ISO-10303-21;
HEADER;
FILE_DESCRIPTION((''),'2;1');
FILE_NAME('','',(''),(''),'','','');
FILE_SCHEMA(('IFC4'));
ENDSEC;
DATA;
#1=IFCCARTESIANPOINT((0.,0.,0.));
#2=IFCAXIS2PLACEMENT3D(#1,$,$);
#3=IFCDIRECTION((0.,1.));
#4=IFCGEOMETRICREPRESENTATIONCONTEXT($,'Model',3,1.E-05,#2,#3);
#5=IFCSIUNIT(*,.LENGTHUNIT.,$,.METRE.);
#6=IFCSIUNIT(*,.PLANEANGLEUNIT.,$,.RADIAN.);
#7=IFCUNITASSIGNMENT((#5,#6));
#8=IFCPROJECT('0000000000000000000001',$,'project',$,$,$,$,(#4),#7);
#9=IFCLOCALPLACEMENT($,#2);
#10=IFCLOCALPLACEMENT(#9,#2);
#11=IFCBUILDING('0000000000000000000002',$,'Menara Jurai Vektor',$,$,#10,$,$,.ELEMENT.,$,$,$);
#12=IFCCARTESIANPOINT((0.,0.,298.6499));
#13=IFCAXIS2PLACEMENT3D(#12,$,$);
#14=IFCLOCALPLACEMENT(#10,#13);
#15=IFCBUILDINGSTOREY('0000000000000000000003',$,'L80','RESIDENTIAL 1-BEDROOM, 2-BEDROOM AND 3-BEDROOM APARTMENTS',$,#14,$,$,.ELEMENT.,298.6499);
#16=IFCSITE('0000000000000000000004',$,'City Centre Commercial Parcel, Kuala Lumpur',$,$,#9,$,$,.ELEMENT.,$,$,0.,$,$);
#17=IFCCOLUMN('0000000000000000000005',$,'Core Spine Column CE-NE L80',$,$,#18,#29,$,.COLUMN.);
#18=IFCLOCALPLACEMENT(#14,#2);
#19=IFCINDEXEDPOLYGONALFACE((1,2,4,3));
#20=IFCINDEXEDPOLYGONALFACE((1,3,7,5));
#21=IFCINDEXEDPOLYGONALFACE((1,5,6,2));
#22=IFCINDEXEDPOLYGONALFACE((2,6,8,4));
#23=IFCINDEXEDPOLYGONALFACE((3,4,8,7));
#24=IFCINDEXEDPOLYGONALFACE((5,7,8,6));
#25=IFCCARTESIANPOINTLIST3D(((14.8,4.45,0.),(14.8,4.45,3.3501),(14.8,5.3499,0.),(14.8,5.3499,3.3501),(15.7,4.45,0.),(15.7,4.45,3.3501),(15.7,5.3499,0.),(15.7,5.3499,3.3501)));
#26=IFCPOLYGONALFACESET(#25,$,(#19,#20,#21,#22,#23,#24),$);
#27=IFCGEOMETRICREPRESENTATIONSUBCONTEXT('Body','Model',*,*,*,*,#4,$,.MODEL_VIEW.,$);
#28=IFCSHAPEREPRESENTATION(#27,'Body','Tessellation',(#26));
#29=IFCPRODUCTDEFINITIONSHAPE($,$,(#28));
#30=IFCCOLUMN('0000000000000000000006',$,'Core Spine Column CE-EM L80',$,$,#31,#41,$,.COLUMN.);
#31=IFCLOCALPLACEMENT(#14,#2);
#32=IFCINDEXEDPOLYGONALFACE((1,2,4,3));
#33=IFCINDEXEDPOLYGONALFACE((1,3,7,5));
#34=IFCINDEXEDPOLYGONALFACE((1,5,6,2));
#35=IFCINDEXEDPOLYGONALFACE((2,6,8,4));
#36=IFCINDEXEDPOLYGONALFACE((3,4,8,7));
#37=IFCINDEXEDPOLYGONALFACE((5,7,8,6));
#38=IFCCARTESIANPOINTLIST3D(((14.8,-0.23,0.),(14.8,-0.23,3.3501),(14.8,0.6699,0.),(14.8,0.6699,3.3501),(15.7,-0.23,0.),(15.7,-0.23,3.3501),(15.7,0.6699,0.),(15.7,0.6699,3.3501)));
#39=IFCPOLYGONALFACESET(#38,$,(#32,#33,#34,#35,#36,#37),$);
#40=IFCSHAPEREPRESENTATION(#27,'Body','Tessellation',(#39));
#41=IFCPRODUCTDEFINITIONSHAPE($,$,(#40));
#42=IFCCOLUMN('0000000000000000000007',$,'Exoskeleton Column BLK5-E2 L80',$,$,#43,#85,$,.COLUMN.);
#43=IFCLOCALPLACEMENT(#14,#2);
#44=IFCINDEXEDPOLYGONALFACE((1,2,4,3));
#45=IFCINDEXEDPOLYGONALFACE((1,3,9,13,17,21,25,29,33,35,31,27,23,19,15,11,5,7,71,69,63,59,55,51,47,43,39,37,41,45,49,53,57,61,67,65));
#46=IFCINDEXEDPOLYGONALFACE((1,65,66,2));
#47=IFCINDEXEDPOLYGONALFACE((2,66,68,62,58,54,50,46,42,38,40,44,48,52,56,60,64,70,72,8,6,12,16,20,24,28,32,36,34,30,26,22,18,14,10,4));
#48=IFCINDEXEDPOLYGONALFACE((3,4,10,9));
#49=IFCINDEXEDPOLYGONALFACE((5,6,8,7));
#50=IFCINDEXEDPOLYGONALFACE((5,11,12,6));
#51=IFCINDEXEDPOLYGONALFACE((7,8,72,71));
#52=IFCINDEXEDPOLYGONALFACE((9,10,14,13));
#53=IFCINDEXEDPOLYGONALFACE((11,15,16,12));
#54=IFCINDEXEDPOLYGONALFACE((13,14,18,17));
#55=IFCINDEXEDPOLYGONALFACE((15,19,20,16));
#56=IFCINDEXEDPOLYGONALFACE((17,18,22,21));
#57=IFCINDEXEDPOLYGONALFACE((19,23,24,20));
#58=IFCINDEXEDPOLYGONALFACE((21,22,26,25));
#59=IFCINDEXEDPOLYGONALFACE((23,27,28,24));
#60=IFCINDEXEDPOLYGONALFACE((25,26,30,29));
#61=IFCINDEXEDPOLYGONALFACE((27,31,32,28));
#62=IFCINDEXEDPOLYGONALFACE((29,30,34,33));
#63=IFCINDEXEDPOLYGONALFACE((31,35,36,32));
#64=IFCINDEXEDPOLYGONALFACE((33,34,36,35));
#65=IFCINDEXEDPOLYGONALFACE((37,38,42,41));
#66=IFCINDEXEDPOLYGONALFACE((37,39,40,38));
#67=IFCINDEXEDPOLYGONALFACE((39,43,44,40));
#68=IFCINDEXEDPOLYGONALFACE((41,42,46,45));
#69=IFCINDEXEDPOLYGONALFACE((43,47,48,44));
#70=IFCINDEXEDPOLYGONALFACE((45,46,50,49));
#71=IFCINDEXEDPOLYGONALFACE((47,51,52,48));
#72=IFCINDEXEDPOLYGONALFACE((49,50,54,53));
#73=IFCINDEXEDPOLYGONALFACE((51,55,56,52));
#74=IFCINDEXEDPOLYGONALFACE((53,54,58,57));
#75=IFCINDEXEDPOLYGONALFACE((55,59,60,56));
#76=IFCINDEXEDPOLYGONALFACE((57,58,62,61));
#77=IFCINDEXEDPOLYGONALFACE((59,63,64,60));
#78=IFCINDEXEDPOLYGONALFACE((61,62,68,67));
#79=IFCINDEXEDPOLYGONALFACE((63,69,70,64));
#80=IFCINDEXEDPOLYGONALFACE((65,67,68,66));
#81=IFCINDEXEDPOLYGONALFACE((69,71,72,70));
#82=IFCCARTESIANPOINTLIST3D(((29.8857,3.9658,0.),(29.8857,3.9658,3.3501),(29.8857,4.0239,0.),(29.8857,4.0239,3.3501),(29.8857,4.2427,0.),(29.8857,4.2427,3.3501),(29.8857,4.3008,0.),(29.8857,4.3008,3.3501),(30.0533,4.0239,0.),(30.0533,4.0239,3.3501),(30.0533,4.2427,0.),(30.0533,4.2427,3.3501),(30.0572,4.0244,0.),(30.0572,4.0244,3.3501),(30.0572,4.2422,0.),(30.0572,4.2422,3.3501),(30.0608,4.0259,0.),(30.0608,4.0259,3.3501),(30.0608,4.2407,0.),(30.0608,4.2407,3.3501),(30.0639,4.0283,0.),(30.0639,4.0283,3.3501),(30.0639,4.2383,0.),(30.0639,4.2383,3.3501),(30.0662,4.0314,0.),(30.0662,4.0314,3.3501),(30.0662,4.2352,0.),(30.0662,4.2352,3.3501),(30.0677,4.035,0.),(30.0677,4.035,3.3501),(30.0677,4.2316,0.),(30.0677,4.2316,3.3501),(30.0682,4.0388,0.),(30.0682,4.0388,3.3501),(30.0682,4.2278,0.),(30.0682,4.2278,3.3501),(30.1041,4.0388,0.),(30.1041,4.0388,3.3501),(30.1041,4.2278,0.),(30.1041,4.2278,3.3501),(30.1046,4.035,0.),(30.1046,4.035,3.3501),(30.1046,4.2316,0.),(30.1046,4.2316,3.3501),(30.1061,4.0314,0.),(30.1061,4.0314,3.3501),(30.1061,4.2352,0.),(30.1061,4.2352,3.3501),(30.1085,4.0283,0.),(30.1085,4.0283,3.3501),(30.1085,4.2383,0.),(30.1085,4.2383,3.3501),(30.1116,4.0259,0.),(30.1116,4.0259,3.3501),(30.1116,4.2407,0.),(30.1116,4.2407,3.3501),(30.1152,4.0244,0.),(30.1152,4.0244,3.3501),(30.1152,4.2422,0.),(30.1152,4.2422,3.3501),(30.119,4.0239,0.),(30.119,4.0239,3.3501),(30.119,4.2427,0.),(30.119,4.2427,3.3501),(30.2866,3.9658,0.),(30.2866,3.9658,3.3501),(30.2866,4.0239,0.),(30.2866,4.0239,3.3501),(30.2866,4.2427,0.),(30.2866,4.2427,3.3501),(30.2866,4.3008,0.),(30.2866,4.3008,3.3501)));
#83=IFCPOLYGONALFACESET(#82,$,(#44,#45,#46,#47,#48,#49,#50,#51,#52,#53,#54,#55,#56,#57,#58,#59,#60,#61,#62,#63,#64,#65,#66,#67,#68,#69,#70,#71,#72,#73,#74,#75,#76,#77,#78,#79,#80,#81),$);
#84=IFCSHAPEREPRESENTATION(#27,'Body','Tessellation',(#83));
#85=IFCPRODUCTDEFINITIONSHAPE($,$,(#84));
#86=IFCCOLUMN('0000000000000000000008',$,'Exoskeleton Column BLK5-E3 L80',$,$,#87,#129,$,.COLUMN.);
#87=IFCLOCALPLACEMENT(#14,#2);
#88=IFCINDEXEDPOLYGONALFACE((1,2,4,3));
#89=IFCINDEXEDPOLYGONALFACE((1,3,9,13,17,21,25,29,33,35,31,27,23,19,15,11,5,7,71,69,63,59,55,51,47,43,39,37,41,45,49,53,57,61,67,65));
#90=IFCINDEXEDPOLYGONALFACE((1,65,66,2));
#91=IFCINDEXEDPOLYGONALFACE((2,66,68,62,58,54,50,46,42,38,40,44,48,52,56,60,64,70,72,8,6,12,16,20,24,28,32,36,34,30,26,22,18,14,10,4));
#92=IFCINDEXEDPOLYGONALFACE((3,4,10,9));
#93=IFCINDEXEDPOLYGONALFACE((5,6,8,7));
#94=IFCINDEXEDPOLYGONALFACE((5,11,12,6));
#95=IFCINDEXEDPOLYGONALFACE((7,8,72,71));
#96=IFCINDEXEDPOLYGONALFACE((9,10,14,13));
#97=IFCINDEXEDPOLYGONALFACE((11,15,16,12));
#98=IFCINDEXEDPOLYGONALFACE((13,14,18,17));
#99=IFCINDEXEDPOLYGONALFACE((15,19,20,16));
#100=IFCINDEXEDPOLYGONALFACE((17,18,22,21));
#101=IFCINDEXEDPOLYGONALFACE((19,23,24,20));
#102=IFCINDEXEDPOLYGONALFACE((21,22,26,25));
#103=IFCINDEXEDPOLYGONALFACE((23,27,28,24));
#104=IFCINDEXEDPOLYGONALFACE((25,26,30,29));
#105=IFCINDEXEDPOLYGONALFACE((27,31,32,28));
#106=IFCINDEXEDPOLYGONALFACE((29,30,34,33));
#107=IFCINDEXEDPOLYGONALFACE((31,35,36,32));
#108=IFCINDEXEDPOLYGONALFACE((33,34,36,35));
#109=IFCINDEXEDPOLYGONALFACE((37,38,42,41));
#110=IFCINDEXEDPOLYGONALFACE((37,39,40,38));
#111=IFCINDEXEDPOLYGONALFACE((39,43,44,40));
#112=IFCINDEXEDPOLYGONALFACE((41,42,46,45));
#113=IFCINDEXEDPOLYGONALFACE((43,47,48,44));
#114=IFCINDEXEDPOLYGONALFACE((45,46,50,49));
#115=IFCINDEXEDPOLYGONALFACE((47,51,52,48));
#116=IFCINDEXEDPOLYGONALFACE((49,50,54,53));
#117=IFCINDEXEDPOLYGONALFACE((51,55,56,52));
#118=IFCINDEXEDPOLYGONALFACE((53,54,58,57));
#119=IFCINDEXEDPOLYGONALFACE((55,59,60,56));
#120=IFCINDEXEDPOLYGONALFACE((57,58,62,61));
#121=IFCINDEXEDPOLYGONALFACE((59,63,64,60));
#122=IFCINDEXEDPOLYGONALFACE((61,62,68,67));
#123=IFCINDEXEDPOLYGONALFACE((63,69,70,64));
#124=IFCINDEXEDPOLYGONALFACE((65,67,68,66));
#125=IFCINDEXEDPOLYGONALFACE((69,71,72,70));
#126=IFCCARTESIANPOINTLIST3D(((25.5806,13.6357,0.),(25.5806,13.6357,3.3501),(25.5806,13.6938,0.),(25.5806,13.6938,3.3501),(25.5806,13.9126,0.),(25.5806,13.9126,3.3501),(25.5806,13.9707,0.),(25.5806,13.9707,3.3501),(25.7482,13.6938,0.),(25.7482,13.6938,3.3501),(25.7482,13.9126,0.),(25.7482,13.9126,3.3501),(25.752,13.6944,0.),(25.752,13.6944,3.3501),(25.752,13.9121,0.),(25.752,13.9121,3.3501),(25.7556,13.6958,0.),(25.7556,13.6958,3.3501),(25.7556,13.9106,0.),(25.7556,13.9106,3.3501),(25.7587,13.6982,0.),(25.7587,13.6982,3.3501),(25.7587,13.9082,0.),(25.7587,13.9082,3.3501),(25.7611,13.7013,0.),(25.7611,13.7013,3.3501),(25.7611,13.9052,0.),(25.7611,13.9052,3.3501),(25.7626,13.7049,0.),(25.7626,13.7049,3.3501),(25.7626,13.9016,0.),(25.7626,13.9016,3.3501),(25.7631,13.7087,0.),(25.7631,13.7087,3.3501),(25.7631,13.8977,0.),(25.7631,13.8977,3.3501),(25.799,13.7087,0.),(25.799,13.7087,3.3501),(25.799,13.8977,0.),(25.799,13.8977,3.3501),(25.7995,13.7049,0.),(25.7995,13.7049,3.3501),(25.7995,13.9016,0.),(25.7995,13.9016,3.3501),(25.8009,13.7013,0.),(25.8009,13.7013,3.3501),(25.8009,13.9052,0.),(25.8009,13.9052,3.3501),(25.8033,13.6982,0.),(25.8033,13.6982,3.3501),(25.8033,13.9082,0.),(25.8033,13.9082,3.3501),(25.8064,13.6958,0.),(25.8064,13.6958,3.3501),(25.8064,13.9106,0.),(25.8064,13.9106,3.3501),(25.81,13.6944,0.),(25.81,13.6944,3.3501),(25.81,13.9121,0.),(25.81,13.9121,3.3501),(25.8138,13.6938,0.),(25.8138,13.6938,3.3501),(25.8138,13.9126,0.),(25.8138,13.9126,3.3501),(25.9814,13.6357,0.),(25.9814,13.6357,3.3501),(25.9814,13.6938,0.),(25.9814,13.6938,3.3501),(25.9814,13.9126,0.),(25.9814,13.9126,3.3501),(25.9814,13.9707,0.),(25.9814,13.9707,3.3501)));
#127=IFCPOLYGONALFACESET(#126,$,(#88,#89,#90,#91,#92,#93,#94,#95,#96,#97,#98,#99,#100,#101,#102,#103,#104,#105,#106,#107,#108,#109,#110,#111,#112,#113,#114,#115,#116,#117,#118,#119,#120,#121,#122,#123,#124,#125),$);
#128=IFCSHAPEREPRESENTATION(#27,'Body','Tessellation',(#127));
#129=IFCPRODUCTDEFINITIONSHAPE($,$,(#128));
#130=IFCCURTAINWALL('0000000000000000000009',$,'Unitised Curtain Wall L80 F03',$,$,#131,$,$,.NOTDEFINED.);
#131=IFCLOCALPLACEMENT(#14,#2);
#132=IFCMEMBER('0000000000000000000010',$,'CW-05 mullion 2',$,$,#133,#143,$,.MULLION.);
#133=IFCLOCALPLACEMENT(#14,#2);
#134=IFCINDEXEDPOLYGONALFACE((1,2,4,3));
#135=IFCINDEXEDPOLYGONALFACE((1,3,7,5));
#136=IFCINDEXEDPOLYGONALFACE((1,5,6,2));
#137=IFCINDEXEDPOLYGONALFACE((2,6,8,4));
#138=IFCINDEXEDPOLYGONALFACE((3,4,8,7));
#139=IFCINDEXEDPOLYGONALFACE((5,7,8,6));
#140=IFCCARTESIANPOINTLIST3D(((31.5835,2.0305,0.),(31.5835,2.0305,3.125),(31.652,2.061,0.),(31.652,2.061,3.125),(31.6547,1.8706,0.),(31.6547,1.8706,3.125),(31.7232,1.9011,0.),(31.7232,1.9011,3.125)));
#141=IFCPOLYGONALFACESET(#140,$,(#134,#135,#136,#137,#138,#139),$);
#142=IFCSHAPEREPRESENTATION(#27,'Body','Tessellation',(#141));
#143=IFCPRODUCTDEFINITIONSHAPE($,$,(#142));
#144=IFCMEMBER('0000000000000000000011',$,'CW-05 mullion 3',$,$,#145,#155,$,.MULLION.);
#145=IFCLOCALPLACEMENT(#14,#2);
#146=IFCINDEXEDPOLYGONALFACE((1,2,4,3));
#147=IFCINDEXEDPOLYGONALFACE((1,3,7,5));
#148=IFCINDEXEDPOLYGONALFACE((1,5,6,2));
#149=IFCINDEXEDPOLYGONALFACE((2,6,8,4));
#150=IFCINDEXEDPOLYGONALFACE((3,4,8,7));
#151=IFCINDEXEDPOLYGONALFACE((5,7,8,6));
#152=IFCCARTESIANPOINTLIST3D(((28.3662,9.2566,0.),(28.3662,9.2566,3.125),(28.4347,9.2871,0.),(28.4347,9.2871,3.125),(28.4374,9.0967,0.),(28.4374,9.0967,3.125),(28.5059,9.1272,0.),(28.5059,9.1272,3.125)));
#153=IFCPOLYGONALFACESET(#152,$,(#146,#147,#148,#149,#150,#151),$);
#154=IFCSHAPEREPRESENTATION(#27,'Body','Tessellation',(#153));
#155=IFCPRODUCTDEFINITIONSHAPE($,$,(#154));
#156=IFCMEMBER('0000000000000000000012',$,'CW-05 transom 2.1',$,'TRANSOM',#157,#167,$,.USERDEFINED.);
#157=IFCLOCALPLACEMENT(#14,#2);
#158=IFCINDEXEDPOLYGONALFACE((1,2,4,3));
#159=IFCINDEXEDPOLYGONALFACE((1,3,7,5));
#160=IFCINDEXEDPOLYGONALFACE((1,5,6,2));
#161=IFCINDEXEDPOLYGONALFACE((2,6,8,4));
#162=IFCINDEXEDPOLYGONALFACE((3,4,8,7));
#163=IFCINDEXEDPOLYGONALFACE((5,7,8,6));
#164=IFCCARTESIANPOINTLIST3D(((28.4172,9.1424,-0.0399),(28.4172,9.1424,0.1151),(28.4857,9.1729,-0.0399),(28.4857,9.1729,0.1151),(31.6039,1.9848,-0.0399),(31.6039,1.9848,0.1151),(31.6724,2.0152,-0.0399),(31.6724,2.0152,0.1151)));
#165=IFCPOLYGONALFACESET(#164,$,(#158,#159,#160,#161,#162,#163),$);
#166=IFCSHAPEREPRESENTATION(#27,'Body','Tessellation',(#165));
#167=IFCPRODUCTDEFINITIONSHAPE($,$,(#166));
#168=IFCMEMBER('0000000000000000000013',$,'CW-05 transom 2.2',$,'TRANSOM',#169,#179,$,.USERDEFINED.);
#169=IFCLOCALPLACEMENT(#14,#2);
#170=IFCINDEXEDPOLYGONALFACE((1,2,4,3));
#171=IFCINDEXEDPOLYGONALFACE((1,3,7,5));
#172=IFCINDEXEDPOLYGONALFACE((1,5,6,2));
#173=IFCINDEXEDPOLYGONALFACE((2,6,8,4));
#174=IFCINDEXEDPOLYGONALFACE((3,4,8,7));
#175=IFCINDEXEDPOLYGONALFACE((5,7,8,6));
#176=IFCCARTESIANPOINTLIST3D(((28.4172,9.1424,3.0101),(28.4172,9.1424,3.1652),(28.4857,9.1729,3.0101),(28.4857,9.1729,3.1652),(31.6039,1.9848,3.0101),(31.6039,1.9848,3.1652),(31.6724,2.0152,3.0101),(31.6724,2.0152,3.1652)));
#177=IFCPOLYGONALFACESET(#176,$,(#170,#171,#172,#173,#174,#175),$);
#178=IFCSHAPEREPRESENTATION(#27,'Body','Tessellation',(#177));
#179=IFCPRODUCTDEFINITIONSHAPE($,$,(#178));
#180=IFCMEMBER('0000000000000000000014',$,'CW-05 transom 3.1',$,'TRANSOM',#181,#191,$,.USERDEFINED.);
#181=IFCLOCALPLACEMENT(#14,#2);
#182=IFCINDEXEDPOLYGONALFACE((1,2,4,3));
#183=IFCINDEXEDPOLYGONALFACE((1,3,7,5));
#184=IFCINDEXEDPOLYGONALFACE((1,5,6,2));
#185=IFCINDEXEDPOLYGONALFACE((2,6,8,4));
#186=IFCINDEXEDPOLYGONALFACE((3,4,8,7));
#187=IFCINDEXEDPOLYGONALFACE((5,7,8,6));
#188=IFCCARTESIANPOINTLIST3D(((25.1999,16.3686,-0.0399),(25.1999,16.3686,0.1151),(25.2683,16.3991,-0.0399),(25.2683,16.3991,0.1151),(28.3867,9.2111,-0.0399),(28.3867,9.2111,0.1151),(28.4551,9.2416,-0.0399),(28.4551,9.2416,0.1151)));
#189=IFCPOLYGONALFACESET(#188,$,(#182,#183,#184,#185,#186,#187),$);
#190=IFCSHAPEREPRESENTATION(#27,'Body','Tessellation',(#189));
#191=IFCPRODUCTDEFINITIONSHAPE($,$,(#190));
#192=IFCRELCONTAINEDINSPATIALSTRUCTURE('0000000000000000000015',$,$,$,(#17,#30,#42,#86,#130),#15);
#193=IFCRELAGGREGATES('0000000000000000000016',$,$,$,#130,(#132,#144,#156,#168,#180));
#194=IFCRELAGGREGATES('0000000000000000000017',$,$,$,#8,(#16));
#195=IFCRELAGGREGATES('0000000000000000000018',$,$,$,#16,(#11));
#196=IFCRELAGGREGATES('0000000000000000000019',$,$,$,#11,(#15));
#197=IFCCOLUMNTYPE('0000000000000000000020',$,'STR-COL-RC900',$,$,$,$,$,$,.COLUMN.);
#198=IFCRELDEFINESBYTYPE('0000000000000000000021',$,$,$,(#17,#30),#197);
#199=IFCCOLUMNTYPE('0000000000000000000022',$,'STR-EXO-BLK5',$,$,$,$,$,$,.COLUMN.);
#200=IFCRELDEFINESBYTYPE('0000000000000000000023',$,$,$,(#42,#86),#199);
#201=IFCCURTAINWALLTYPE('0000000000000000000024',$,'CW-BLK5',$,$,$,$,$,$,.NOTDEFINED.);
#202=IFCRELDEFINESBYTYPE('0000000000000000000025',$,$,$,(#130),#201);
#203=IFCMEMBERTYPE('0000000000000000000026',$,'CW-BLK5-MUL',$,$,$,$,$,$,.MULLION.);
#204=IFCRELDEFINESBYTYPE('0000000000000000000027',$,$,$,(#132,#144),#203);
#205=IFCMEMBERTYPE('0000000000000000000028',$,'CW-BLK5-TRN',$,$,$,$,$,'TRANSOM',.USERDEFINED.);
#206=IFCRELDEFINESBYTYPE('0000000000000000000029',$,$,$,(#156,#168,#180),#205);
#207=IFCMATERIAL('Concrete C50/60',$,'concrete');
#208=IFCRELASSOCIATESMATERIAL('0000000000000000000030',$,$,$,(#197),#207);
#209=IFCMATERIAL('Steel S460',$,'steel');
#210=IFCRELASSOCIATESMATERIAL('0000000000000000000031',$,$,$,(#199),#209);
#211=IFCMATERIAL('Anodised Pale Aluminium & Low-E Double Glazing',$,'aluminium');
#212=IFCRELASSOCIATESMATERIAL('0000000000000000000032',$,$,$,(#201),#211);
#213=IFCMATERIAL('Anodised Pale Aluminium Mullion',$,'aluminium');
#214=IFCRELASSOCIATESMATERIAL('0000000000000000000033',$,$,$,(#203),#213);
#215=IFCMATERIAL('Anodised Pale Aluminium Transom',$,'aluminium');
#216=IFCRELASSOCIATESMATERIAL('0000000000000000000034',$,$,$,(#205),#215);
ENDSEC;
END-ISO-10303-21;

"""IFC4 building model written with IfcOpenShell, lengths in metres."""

from ifc_helpers import new_model, si_unit, direction, frame, origin, origin_2d, place, context, subcontext, project, spatial, rectangle, i_section, extrude, material, material_profile, profile_set, type_object, element, aggregate, save


model = new_model("IFC4")

# Units and contexts
model_context = context("Model", 3, precision=1e-05, world=origin(), true_north=direction((0.0, 1.0)))
body_context = subcontext(model_context, "Body", "Model", "MODEL_VIEW")
ifc_project = project(units=[si_unit("LENGTHUNIT", "METRE"), si_unit("PLANEANGLEUNIT", "RADIAN")], contexts=[model_context])

# Site, building, storey
site_placement = place(None, origin())
site = spatial("IfcSite", under=ifc_project, at=site_placement, Name="City Centre Commercial Parcel, Kuala Lumpur", CompositionType="ELEMENT", RefElevation=0.0)
building_placement = place(site_placement, origin())
building = spatial("IfcBuilding", under=site, at=building_placement, Name="Menara Jurai Vektor", CompositionType="ELEMENT")
storey_placement = place(building_placement, frame((0.0, 0.0, 298.6499)))
storey = spatial("IfcBuildingStorey", under=building, at=storey_placement, Name="L80", Description="RESIDENTIAL 1-BEDROOM, 2-BEDROOM AND 3-BEDROOM APARTMENTS", CompositionType="ELEMENT", Elevation=298.6499)

# Columns
ifc_material_1 = material(Name="Concrete C50/60", Category="concrete")
ifc_material_profile_1 = material_profile(ifc_material_1, rectangle(XDim=0.8999, YDim=0.8999, at=origin_2d()), Name="RC 900x900")
ifc_profile_set_1 = profile_set([ifc_material_profile_1], Name="Concrete C50/60")
column_type_1 = type_object("IfcColumnType", Name="STR-COL-RC900", PredefinedType="COLUMN", material=ifc_profile_set_1)
for number, where, z_axis, x_axis, name in (
    (1, (15.25, 4.8999, 0.0), (0.0, 0.0, 1.0), (1.0, 0.0, 0.0), "Core Spine Column CE-NE L80"),
    (2, (15.25, 0.22, 0.0), (0.0, 0.0, 1.0), (1.0, 0.0, 0.0), "Core Spine Column CE-EM L80"),
):
    element("IfcColumn", number, at=place(storey_placement, frame(where, z_axis=z_axis, x_axis=x_axis)), inside=storey, type_object=column_type_1, Name=name, PredefinedType="COLUMN", context=body_context, shape_type="SweptSolid", body=[
        extrude(rectangle(XDim=0.8999, YDim=0.8999, at=origin_2d()), origin(), (0.0, 0.0, 1.0), 3.3501),
    ])
ifc_material_2 = material(Name="Steel S460", Category="steel")
ifc_material_profile_2 = material_profile(ifc_material_2, i_section(OverallWidth=0.4009, OverallDepth=0.335, WebThickness=0.0359, FlangeThickness=0.0581, FilletRadius=0.0149, at=origin_2d()), Name="HD 400x463")
ifc_profile_set_2 = profile_set([ifc_material_profile_2], Name="Steel S460")
column_type_2 = type_object("IfcColumnType", Name="STR-EXO-BLK5", PredefinedType="COLUMN", material=ifc_profile_set_2)
for number, where, z_axis, x_axis, name in (
    (3, (30.0862, 4.1333, 0.0), (0.0, 0.0, 1.0), (1.0, 0.0, 0.0), "Exoskeleton Column BLK5-E2 L80"),
    (4, (25.781, 13.8032, 0.0), (0.0, 0.0, 1.0), (1.0, 0.0, 0.0), "Exoskeleton Column BLK5-E3 L80"),
):
    element("IfcColumn", number, at=place(storey_placement, frame(where, z_axis=z_axis, x_axis=x_axis)), inside=storey, type_object=column_type_2, Name=name, PredefinedType="COLUMN", context=body_context, shape_type="SweptSolid", body=[
        extrude(i_section(OverallWidth=0.4009, OverallDepth=0.335, WebThickness=0.0359, FlangeThickness=0.0581, FilletRadius=0.0149, at=origin_2d()), origin(), (0.0, 0.0, 1.0), 3.3501),
    ])

# Curtain wall, members
ifc_material_3 = material(Name="Anodised Pale Aluminium & Low-E Double Glazing", Category="aluminium")
curtain_wall_type = type_object("IfcCurtainWallType", Name="CW-BLK5", PredefinedType="NOTDEFINED", material=ifc_material_3)
curtain_wall_placement = place(storey_placement, origin())
curtain_wall = element("IfcCurtainWall", 5, at=curtain_wall_placement, inside=storey, type_object=curtain_wall_type, Name="Unitised Curtain Wall L80 F03", PredefinedType="NOTDEFINED")
ifc_material_4 = material(Name="Anodised Pale Aluminium Mullion", Category="aluminium")
ifc_material_profile_3 = material_profile(ifc_material_4, rectangle(XDim=0.075, YDim=0.175, at=origin_2d()), Name="ALU MUL 75x175")
ifc_profile_set_3 = profile_set([ifc_material_profile_3], Name="Anodised Pale Aluminium Mullion")
member_type_1 = type_object("IfcMemberType", Name="CW-BLK5-MUL", PredefinedType="MULLION", material=ifc_profile_set_3)
member_1_placement = place(storey_placement, frame((31.6533, 1.9658, 0.0), z_axis=(0.0, 0.0, 1.0), x_axis=(-0.913546, -0.406735, 0.0)))
member_1 = element("IfcMember", 6, at=member_1_placement, type_object=member_type_1, Name="CW-05 mullion 2", PredefinedType="MULLION", context=body_context, shape_type="SweptSolid", body=[
    extrude(rectangle(XDim=0.075, YDim=0.175, at=origin_2d()), origin(), (0.0, 0.0, 1.0), 3.125),
])
member_2_placement = place(storey_placement, frame((28.436, 9.1919, 0.0), z_axis=(0.0, 0.0, 1.0), x_axis=(-0.913546, -0.406735, 0.0)))
member_2 = element("IfcMember", 7, at=member_2_placement, type_object=member_type_1, Name="CW-05 mullion 3", PredefinedType="MULLION", context=body_context, shape_type="SweptSolid", body=[
    extrude(rectangle(XDim=0.075, YDim=0.175, at=origin_2d()), origin(), (0.0, 0.0, 1.0), 3.125),
])
ifc_material_5 = material(Name="Anodised Pale Aluminium Transom", Category="aluminium")
ifc_material_profile_4 = material_profile(ifc_material_5, rectangle(XDim=0.075, YDim=0.155, at=origin_2d()), Name="ALU TRN 75x155")
ifc_profile_set_4 = profile_set([ifc_material_profile_4], Name="Anodised Pale Aluminium Transom")
member_type_2 = type_object("IfcMemberType", Name="CW-BLK5-TRN", ElementType="TRANSOM", PredefinedType="USERDEFINED", material=ifc_profile_set_4)
member_3_placement = place(storey_placement, frame((31.6382, 2.0, 0.0376), z_axis=(-0.406731, 0.913548, 0.0), x_axis=(-0.913548, -0.406731, 0.0)))
member_3 = element("IfcMember", 8, at=member_3_placement, type_object=member_type_2, Name="CW-05 transom 2.1", ObjectType="TRANSOM", PredefinedType="USERDEFINED", context=body_context, shape_type="SweptSolid", body=[
    extrude(rectangle(XDim=0.075, YDim=0.155, at=origin_2d()), origin(), (0.0, 0.0, 1.0), 7.835),
])
member_4_placement = place(storey_placement, frame((31.6382, 2.0, 3.0876), z_axis=(-0.406731, 0.913548, 0.0), x_axis=(-0.913548, -0.406731, 0.0)))
member_4 = element("IfcMember", 9, at=member_4_placement, type_object=member_type_2, Name="CW-05 transom 2.2", ObjectType="TRANSOM", PredefinedType="USERDEFINED", context=body_context, shape_type="SweptSolid", body=[
    extrude(rectangle(XDim=0.075, YDim=0.155, at=origin_2d()), origin(), (0.0, 0.0, 1.0), 7.835),
])
member_5_placement = place(storey_placement, frame((28.4209, 9.2263, 0.0376), z_axis=(-0.406743, 0.913543, 0.0), x_axis=(-0.913543, -0.406743, 0.0)))
member_5 = element("IfcMember", 10, at=member_5_placement, type_object=member_type_2, Name="CW-05 transom 3.1", ObjectType="TRANSOM", PredefinedType="USERDEFINED", context=body_context, shape_type="SweptSolid", body=[
    extrude(rectangle(XDim=0.075, YDim=0.155, at=origin_2d()), origin(), (0.0, 0.0, 1.0), 7.835),
])

aggregate(curtain_wall, [member_1, member_2, member_3, member_4, member_5])

save(model, "model.ifc")
